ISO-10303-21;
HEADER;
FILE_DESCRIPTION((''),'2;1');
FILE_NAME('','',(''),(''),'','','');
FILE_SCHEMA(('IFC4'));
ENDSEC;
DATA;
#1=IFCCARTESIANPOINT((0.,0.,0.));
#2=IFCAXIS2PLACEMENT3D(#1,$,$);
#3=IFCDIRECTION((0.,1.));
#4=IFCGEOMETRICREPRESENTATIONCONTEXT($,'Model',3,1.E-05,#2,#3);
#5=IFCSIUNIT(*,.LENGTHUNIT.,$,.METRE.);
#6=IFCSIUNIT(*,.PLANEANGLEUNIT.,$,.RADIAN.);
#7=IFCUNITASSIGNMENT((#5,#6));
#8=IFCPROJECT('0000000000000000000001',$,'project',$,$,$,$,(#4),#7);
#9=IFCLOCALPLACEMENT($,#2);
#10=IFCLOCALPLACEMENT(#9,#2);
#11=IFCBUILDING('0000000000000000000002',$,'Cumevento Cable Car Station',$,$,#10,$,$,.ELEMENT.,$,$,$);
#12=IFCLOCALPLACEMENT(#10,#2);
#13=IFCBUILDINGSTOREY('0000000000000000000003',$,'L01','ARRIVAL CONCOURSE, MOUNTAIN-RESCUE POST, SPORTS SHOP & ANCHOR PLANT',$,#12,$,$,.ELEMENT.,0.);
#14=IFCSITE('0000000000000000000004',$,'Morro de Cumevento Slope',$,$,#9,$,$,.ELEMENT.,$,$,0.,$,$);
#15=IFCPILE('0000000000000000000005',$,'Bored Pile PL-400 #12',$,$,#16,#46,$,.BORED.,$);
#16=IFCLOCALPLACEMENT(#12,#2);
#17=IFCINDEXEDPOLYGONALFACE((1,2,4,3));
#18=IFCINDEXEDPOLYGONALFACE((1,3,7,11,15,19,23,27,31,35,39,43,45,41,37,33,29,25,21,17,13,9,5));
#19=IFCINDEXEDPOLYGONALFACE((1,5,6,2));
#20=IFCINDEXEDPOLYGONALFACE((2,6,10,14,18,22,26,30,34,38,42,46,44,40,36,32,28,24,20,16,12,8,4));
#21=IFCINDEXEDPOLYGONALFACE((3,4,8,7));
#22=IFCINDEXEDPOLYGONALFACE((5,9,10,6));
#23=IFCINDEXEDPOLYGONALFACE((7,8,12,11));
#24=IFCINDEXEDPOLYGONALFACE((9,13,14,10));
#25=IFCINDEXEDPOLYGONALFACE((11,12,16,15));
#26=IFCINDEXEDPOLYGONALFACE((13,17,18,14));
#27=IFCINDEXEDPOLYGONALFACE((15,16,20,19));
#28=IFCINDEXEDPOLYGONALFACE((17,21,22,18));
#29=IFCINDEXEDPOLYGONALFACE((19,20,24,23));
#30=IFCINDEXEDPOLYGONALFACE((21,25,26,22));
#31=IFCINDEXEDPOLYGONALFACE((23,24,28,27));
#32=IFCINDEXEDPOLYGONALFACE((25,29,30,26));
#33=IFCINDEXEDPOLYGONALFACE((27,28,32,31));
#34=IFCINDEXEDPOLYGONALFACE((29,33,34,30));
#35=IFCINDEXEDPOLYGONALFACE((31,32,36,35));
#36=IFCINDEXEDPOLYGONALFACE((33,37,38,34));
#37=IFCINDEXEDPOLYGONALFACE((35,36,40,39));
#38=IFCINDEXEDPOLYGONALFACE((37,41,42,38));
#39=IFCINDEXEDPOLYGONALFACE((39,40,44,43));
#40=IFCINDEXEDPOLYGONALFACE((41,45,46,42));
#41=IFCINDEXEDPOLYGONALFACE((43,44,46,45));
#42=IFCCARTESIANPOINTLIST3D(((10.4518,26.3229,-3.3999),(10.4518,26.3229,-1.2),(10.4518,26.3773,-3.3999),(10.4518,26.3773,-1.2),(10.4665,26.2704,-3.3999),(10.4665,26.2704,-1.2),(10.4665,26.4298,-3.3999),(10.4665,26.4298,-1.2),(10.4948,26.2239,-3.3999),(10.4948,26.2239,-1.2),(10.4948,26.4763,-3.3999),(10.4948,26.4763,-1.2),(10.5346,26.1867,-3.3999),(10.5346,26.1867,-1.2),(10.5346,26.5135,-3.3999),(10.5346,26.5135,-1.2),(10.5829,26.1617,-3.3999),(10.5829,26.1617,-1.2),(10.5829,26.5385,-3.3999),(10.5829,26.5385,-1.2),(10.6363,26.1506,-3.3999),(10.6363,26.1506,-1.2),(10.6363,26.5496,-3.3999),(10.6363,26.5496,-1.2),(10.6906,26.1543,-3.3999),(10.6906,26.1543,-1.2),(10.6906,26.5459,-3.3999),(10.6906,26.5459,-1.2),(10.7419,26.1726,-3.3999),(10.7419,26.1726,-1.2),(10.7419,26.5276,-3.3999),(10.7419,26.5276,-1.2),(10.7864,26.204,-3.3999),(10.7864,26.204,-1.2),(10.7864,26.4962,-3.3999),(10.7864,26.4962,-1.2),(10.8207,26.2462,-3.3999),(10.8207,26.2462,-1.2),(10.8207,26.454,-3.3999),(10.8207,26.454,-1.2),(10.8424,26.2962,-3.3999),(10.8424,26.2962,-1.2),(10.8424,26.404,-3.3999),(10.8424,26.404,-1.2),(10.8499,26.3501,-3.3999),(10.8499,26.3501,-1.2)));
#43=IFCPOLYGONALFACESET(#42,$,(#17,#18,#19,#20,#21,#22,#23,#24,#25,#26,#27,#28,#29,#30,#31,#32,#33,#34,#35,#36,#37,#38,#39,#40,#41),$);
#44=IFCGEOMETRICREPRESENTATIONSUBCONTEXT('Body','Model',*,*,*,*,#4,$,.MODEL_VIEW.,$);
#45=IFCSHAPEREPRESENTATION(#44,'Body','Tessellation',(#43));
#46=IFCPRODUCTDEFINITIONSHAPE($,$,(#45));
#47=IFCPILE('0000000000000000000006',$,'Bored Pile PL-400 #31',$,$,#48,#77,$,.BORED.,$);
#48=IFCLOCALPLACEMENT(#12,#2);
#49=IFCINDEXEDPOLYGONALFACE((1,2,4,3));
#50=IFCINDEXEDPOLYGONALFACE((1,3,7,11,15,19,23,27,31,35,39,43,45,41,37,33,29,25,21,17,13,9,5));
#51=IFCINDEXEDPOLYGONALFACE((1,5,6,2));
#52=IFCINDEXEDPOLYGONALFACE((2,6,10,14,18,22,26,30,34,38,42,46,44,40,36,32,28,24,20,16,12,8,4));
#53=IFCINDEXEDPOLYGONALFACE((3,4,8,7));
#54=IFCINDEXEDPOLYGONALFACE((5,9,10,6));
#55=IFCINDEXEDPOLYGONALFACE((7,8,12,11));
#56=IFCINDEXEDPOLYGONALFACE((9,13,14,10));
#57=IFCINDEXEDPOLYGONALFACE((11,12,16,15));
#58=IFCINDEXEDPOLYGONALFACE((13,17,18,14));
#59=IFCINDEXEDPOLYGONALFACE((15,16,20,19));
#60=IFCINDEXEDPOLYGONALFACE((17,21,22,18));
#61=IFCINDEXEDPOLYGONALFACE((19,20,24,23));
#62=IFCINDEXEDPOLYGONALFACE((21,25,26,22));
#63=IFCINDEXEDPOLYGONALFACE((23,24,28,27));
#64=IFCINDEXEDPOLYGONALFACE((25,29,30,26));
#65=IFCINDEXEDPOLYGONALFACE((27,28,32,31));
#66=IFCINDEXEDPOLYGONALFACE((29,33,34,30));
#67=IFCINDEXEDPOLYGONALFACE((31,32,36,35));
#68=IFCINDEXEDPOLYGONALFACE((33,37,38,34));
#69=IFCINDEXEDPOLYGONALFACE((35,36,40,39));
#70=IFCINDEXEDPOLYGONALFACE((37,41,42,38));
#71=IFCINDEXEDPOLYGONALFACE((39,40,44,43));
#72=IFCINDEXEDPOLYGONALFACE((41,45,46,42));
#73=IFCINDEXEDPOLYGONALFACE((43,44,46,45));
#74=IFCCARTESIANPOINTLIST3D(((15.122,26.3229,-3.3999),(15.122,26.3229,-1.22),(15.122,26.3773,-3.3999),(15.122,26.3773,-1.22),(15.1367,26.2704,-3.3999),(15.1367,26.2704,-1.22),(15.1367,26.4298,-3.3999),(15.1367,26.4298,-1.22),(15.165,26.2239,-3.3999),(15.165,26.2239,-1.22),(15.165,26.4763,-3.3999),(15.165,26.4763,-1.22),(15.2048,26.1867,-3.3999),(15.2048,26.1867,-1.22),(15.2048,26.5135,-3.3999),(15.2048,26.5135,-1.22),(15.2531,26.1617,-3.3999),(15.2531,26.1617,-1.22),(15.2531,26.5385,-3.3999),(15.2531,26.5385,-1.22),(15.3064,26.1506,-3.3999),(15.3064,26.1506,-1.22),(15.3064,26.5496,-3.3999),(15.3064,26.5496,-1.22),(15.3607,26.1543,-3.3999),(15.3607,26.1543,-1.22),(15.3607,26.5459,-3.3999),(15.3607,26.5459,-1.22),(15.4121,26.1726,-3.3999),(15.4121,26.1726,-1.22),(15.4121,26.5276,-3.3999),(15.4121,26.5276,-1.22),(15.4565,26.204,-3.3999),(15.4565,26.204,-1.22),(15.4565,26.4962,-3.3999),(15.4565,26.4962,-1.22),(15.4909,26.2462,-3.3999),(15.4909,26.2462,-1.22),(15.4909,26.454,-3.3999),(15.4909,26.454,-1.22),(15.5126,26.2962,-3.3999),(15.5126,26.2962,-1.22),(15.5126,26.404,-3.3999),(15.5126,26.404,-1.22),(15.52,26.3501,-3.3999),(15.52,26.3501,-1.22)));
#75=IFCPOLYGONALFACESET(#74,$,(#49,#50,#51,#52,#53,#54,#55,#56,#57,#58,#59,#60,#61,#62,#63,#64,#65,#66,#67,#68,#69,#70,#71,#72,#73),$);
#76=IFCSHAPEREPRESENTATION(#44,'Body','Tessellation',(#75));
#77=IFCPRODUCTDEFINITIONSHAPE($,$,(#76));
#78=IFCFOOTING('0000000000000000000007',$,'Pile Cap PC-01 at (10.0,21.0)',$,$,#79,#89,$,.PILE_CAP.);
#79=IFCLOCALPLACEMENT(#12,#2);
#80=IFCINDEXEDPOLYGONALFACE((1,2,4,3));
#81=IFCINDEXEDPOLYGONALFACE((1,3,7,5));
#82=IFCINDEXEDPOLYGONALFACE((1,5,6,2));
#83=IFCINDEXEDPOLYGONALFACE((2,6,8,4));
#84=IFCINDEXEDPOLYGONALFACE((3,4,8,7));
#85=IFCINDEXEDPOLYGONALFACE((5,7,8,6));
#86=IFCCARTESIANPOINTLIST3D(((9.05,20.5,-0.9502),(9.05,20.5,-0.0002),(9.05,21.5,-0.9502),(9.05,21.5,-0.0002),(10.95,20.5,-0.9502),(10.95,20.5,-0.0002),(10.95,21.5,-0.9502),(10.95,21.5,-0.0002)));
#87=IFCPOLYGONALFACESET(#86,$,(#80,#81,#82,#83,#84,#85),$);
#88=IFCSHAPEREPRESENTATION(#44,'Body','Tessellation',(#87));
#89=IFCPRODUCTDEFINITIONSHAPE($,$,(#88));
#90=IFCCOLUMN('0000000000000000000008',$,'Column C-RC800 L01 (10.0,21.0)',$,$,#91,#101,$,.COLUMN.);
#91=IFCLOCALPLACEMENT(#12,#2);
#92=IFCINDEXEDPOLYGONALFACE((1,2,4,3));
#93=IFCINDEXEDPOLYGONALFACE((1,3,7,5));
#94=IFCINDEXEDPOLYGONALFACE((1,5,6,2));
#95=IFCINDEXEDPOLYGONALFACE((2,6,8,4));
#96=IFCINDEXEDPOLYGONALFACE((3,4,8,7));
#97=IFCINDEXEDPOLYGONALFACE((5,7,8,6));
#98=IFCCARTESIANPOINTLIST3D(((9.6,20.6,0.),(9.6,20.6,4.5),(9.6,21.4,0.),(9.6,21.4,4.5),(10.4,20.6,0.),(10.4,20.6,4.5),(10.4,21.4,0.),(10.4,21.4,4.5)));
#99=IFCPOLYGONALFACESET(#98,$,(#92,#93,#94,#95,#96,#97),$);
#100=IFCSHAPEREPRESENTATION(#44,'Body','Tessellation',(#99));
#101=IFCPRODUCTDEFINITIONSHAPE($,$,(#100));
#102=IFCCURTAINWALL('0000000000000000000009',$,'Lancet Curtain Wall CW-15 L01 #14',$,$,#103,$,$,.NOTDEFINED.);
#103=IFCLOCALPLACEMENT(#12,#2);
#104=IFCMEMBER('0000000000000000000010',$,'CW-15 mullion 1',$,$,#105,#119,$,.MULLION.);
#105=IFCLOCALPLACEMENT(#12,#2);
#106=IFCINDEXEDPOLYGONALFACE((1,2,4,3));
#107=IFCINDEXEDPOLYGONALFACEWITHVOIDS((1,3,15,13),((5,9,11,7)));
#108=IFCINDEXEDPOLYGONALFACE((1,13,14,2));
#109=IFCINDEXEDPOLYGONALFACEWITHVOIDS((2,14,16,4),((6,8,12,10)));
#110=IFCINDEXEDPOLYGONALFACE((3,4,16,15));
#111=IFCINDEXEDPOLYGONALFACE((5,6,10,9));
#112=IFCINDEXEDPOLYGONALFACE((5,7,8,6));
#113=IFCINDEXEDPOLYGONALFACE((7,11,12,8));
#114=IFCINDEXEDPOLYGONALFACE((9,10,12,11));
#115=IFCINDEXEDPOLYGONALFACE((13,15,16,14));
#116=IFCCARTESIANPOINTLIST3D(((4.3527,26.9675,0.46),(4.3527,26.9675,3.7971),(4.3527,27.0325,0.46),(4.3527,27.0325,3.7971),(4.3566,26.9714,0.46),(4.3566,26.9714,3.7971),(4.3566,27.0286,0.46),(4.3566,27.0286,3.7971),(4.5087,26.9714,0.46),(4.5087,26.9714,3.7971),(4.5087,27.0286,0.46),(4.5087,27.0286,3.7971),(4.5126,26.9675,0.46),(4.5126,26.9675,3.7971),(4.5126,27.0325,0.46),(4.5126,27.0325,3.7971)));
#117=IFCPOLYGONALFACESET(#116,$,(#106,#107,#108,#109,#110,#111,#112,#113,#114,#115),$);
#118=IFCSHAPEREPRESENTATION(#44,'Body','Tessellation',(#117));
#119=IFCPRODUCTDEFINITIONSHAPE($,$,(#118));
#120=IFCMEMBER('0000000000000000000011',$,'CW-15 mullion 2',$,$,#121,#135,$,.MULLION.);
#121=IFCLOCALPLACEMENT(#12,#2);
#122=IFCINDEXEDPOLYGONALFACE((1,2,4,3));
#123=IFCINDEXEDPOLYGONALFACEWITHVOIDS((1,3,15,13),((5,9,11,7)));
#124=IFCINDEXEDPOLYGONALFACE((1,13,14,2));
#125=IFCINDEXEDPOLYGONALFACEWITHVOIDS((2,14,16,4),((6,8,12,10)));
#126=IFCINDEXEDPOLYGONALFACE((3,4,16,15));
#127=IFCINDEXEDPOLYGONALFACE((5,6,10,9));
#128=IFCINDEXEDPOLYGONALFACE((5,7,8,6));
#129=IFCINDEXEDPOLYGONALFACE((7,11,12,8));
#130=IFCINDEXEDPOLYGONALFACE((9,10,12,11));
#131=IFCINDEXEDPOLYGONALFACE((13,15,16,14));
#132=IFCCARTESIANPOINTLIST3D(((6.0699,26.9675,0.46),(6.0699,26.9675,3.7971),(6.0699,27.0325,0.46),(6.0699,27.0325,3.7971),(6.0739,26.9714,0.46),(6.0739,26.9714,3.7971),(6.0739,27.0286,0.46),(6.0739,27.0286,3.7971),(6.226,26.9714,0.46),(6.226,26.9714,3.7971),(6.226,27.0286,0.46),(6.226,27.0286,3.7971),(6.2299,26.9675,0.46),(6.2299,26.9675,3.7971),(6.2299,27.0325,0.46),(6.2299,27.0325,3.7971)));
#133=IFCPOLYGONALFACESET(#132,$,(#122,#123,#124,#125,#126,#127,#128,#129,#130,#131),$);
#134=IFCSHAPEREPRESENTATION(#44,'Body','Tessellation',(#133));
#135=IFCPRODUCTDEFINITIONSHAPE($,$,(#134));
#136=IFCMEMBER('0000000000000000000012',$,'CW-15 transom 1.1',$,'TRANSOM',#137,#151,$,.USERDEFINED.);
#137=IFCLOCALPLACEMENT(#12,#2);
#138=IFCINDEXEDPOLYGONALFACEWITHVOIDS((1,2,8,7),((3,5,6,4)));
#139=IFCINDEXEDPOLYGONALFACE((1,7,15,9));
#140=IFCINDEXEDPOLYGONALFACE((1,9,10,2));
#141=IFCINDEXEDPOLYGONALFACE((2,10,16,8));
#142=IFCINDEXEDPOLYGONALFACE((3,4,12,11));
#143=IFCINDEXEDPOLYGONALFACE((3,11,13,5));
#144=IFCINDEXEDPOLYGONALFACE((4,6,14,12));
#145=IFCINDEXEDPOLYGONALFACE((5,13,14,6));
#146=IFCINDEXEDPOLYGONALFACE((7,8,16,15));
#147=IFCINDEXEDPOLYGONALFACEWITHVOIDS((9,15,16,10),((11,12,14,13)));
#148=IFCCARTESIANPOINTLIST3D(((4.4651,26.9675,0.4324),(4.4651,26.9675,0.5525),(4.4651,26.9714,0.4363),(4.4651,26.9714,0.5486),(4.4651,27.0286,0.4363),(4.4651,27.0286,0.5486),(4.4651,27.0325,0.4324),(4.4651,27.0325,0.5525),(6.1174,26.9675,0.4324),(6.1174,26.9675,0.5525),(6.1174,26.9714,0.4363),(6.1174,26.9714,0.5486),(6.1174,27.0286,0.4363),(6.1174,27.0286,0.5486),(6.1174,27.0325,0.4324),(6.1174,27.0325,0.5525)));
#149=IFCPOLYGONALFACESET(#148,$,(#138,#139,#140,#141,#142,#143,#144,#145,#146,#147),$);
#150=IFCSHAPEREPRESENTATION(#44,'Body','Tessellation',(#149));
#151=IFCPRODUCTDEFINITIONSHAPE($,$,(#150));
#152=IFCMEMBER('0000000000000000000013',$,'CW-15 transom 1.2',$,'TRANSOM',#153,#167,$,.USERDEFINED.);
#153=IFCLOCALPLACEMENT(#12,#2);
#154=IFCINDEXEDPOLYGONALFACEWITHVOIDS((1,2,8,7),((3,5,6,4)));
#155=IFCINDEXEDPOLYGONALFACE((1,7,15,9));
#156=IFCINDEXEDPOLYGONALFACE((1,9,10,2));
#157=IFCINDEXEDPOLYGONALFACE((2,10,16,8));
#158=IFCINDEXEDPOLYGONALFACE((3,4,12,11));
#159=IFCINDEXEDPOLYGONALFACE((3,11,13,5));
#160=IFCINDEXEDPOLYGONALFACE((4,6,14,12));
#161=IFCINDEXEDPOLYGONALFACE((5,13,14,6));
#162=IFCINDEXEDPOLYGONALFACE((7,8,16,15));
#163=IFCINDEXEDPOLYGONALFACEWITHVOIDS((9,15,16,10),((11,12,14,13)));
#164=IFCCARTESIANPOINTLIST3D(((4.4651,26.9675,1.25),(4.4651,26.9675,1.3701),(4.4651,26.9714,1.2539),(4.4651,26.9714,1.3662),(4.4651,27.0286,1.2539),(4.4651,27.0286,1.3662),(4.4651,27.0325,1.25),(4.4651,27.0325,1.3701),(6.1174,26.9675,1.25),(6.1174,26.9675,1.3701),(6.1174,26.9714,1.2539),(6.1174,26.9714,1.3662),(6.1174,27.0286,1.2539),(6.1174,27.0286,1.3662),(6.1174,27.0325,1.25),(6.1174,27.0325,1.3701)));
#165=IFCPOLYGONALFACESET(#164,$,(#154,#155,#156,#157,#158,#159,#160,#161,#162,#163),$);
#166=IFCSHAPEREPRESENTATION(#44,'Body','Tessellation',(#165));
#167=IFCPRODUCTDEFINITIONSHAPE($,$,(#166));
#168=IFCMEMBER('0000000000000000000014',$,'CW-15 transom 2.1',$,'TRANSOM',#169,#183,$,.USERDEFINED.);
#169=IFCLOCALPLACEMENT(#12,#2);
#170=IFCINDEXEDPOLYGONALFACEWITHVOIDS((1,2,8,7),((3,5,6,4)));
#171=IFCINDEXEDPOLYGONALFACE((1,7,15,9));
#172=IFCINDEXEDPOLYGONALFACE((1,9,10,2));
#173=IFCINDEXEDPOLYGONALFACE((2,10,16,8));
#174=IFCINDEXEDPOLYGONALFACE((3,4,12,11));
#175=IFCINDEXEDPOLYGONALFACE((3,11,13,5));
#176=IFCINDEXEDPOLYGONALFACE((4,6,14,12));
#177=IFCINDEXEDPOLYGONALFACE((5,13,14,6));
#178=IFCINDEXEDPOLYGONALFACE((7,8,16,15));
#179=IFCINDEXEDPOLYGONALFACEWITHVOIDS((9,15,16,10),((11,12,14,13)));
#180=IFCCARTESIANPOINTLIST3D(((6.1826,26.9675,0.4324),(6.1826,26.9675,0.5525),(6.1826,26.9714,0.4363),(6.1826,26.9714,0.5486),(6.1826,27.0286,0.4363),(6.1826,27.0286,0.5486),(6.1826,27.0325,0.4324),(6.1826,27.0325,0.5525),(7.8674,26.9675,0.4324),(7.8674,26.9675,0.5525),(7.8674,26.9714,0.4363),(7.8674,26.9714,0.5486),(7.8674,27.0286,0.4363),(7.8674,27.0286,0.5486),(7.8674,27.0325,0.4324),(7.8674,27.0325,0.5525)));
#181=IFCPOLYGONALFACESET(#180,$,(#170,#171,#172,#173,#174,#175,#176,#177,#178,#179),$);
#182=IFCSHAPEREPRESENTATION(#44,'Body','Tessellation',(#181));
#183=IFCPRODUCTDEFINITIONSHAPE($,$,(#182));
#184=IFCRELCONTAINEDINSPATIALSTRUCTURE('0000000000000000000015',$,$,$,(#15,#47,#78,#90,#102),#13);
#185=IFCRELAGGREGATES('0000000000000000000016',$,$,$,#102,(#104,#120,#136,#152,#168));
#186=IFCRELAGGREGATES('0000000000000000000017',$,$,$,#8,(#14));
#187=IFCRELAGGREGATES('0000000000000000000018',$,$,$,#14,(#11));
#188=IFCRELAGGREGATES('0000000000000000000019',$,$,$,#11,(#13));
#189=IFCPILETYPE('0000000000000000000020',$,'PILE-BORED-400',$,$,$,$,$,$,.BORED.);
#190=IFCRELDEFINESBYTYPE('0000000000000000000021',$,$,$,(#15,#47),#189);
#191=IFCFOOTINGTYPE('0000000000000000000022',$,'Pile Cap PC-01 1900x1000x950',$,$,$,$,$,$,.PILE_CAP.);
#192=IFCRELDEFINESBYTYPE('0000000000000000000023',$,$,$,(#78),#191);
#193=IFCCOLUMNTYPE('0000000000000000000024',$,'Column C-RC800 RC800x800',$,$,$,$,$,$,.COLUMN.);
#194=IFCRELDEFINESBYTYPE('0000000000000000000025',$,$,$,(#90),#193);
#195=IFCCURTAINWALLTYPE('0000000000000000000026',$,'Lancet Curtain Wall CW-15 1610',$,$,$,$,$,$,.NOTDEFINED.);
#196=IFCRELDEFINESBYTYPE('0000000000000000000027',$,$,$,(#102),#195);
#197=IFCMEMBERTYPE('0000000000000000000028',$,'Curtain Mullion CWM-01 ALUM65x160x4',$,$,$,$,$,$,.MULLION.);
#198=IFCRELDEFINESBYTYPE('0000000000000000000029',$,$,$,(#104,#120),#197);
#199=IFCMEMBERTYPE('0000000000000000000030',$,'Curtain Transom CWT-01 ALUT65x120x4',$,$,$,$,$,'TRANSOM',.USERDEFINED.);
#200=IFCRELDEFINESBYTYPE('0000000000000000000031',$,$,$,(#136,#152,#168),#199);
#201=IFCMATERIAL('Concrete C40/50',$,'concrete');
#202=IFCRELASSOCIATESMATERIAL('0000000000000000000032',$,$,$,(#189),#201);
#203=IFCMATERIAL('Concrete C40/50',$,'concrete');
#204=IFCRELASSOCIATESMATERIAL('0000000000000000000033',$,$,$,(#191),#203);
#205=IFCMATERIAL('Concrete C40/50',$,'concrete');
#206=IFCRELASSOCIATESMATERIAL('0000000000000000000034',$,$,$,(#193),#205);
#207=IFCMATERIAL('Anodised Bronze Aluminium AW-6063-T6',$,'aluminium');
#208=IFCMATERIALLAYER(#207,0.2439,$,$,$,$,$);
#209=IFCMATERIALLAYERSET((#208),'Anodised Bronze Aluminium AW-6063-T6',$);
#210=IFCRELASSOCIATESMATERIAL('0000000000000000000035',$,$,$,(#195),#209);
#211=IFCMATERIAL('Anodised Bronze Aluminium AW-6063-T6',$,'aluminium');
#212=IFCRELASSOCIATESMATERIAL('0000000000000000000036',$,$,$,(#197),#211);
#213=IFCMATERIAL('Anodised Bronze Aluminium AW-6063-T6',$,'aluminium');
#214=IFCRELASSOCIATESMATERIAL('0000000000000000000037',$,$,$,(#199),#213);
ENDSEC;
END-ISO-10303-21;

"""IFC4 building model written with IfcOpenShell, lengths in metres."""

from ifc_helpers import new_model, si_unit, direction, frame, origin, origin_2d, place, context, subcontext, project, spatial, rectangle, hollow_rectangle, circle, extrude, material, layer, layer_set, material_profile, profile_set, type_object, element, aggregate, save


model = new_model("IFC4")

# Units and contexts
model_context = context("Model", 3, precision=1e-05, world=origin(), true_north=direction((0.0, 1.0)))
body_context = subcontext(model_context, "Body", "Model", "MODEL_VIEW")
ifc_project = project(units=[si_unit("LENGTHUNIT", "METRE"), si_unit("PLANEANGLEUNIT", "RADIAN")], contexts=[model_context])

# Site, building, storey
site_placement = place(None, origin())
site = spatial("IfcSite", under=ifc_project, at=site_placement, Name="Morro de Cumevento Slope", CompositionType="ELEMENT", RefElevation=0.0)
building_placement = place(site_placement, origin())
building = spatial("IfcBuilding", under=site, at=building_placement, Name="Cumevento Cable Car Station", CompositionType="ELEMENT")
storey_placement = place(building_placement, origin())
storey = spatial("IfcBuildingStorey", under=building, at=storey_placement, Name="L01", Description="ARRIVAL CONCOURSE, MOUNTAIN-RESCUE POST, SPORTS SHOP & ANCHOR PLANT", CompositionType="ELEMENT", Elevation=0.0)

# Piles
ifc_material_1 = material(Name="Concrete C40/50", Category="concrete")
ifc_material_profile_1 = material_profile(ifc_material_1, circle(Radius=0.2, at=origin_2d()), Name="PILE-D400")
ifc_profile_set_1 = profile_set([ifc_material_profile_1], Name="Concrete C40/50")
pile_type = type_object("IfcPileType", Name="PILE-BORED-400", PredefinedType="BORED", material=ifc_profile_set_1)
for number, where, z_axis, x_axis, name in (
    (1, (10.6499, 26.3501, -1.2), (0.0, 0.0, -1.0), (1.0, 0.0, 0.0), "Bored Pile PL-400 #12"),
):
    element("IfcPile", number, at=place(storey_placement, frame(where, z_axis=z_axis, x_axis=x_axis)), inside=storey, type_object=pile_type, Name=name, PredefinedType="BORED", context=body_context, shape_type="SweptSolid", body=[
        extrude(circle(Radius=0.2, at=origin_2d()), origin(), (0.0, 0.0, 1.0), 2.2),
    ])
pile_1_placement = place(storey_placement, frame((15.3201, 26.3501, -1.22), z_axis=(0.0, 0.0, -1.0), x_axis=(1.0, 0.0, 0.0)))
element("IfcPile", 2, at=pile_1_placement, inside=storey, type_object=pile_type, Name="Bored Pile PL-400 #31", PredefinedType="BORED", context=body_context, shape_type="SweptSolid", body=[
    extrude(circle(Radius=0.2, at=origin_2d()), origin(), (0.0, 0.0, 1.0), 2.1799),
])

# Footing
ifc_material_2 = material(Name="Concrete C40/50", Category="concrete")
footing_type = type_object("IfcFootingType", Name="Pile Cap PC-01 1900x1000x950", PredefinedType="PILE_CAP", material=ifc_material_2)
footing_placement = place(storey_placement, frame((10.0, 21.0, -0.9502), z_axis=(0.0, 0.0, 1.0), x_axis=(1.0, 0.0, 0.0)))
element("IfcFooting", 3, at=footing_placement, inside=storey, type_object=footing_type, Name="Pile Cap PC-01 at (10.0,21.0)", PredefinedType="PILE_CAP", context=body_context, shape_type="SweptSolid", body=[
    extrude(rectangle(XDim=1.8999, YDim=1.0, at=origin_2d()), origin(), (0.0, 0.0, 1.0), 0.95),
])

# Column
ifc_material_3 = material(Name="Concrete C40/50", Category="concrete")
ifc_material_profile_2 = material_profile(ifc_material_3, rectangle(XDim=0.8, YDim=0.8, at=origin_2d()), Name="RC800x800")
ifc_profile_set_2 = profile_set([ifc_material_profile_2], Name="Concrete C40/50")
column_type = type_object("IfcColumnType", Name="Column C-RC800 RC800x800", PredefinedType="COLUMN", material=ifc_profile_set_2)
column_placement = place(storey_placement, frame((10.0, 21.0, 0.0), z_axis=(0.0, 0.0, 1.0), x_axis=(1.0, 0.0, 0.0)))
element("IfcColumn", 4, at=column_placement, inside=storey, type_object=column_type, Name="Column C-RC800 L01 (10.0,21.0)", PredefinedType="COLUMN", context=body_context, shape_type="SweptSolid", body=[
    extrude(rectangle(XDim=0.8, YDim=0.8, at=origin_2d()), origin(), (0.0, 0.0, 1.0), 4.5),
])

# Curtain wall, members
ifc_material_4 = material(Name="Anodised Bronze Aluminium AW-6063-T6", Category="aluminium")
ifc_layer_1 = layer(ifc_material_4, 0.2439)
ifc_layer_set_1 = layer_set([ifc_layer_1], Name="Anodised Bronze Aluminium AW-6063-T6")
curtain_wall_type = type_object("IfcCurtainWallType", Name="Lancet Curtain Wall CW-15 1610", PredefinedType="NOTDEFINED", material=ifc_layer_set_1)
curtain_wall_placement = place(storey_placement, origin())
curtain_wall = element("IfcCurtainWall", 5, at=curtain_wall_placement, inside=storey, type_object=curtain_wall_type, Name="Lancet Curtain Wall CW-15 L01 #14", PredefinedType="NOTDEFINED")
ifc_material_5 = material(Name="Anodised Bronze Aluminium AW-6063-T6", Category="aluminium")
ifc_material_profile_3 = material_profile(ifc_material_5, hollow_rectangle(XDim=0.0649, YDim=0.1599, WallThickness=0.0039, at=origin_2d()), Name="ALUM65x160x4")
ifc_profile_set_3 = profile_set([ifc_material_profile_3], Name="Anodised Bronze Aluminium AW-6063-T6")
member_type_1 = type_object("IfcMemberType", Name="Curtain Mullion CWM-01 ALUM65x160x4", PredefinedType="MULLION", material=ifc_profile_set_3)
member_1_placement = place(storey_placement, frame((4.4326, 27.0, 0.46), z_axis=(0.0, 0.0, 1.0), x_axis=(0.0, 1.0, 0.0)))
member_1 = element("IfcMember", 6, at=member_1_placement, type_object=member_type_1, Name="CW-15 mullion 1", PredefinedType="MULLION", context=body_context, shape_type="SweptSolid", body=[
    extrude(hollow_rectangle(XDim=0.0649, YDim=0.1599, WallThickness=0.0039, at=origin_2d()), origin(), (0.0, 0.0, 1.0), 3.3372),
])
member_2_placement = place(storey_placement, frame((6.1499, 27.0, 0.46), z_axis=(0.0, 0.0, 1.0), x_axis=(0.0, 1.0, 0.0)))
member_2 = element("IfcMember", 7, at=member_2_placement, type_object=member_type_1, Name="CW-15 mullion 2", PredefinedType="MULLION", context=body_context, shape_type="SweptSolid", body=[
    extrude(hollow_rectangle(XDim=0.0649, YDim=0.1599, WallThickness=0.0039, at=origin_2d()), origin(), (0.0, 0.0, 1.0), 3.3372),
])
ifc_material_6 = material(Name="Anodised Bronze Aluminium AW-6063-T6", Category="aluminium")
ifc_material_profile_4 = material_profile(ifc_material_6, hollow_rectangle(XDim=0.0649, YDim=0.1201, WallThickness=0.0039, at=origin_2d()), Name="ALUT65x120x4")
ifc_profile_set_4 = profile_set([ifc_material_profile_4], Name="Anodised Bronze Aluminium AW-6063-T6")
member_type_2 = type_object("IfcMemberType", Name="Curtain Transom CWT-01 ALUT65x120x4", ElementType="TRANSOM", PredefinedType="USERDEFINED", material=ifc_profile_set_4)
member_3_placement = place(storey_placement, frame((4.4651, 27.0, 0.4924), z_axis=(1.0, 0.0, 0.0), x_axis=(0.0, 1.0, 0.0)))
member_3 = element("IfcMember", 8, at=member_3_placement, type_object=member_type_2, Name="CW-15 transom 1.1", ObjectType="TRANSOM", PredefinedType="USERDEFINED", context=body_context, shape_type="SweptSolid", body=[
    extrude(hollow_rectangle(XDim=0.0649, YDim=0.1201, WallThickness=0.0039, at=origin_2d()), origin(), (0.0, 0.0, 1.0), 1.6523),
])
member_4_placement = place(storey_placement, frame((4.4651, 27.0, 1.3101), z_axis=(1.0, 0.0, 0.0), x_axis=(0.0, 1.0, 0.0)))
member_4 = element("IfcMember", 9, at=member_4_placement, type_object=member_type_2, Name="CW-15 transom 1.2", ObjectType="TRANSOM", PredefinedType="USERDEFINED", context=body_context, shape_type="SweptSolid", body=[
    extrude(hollow_rectangle(XDim=0.0649, YDim=0.1201, WallThickness=0.0039, at=origin_2d()), origin(), (0.0, 0.0, 1.0), 1.6523),
])
member_5_placement = place(storey_placement, frame((6.1826, 27.0, 0.4924), z_axis=(1.0, 0.0, 0.0), x_axis=(0.0, 1.0, 0.0)))
member_5 = element("IfcMember", 10, at=member_5_placement, type_object=member_type_2, Name="CW-15 transom 2.1", ObjectType="TRANSOM", PredefinedType="USERDEFINED", context=body_context, shape_type="SweptSolid", body=[
    extrude(hollow_rectangle(XDim=0.0649, YDim=0.1201, WallThickness=0.0039, at=origin_2d()), origin(), (0.0, 0.0, 1.0), 1.6848),
])
aggregate(curtain_wall, [member_1, member_2, member_3, member_4, member_5])

save(model, "model.ifc")
